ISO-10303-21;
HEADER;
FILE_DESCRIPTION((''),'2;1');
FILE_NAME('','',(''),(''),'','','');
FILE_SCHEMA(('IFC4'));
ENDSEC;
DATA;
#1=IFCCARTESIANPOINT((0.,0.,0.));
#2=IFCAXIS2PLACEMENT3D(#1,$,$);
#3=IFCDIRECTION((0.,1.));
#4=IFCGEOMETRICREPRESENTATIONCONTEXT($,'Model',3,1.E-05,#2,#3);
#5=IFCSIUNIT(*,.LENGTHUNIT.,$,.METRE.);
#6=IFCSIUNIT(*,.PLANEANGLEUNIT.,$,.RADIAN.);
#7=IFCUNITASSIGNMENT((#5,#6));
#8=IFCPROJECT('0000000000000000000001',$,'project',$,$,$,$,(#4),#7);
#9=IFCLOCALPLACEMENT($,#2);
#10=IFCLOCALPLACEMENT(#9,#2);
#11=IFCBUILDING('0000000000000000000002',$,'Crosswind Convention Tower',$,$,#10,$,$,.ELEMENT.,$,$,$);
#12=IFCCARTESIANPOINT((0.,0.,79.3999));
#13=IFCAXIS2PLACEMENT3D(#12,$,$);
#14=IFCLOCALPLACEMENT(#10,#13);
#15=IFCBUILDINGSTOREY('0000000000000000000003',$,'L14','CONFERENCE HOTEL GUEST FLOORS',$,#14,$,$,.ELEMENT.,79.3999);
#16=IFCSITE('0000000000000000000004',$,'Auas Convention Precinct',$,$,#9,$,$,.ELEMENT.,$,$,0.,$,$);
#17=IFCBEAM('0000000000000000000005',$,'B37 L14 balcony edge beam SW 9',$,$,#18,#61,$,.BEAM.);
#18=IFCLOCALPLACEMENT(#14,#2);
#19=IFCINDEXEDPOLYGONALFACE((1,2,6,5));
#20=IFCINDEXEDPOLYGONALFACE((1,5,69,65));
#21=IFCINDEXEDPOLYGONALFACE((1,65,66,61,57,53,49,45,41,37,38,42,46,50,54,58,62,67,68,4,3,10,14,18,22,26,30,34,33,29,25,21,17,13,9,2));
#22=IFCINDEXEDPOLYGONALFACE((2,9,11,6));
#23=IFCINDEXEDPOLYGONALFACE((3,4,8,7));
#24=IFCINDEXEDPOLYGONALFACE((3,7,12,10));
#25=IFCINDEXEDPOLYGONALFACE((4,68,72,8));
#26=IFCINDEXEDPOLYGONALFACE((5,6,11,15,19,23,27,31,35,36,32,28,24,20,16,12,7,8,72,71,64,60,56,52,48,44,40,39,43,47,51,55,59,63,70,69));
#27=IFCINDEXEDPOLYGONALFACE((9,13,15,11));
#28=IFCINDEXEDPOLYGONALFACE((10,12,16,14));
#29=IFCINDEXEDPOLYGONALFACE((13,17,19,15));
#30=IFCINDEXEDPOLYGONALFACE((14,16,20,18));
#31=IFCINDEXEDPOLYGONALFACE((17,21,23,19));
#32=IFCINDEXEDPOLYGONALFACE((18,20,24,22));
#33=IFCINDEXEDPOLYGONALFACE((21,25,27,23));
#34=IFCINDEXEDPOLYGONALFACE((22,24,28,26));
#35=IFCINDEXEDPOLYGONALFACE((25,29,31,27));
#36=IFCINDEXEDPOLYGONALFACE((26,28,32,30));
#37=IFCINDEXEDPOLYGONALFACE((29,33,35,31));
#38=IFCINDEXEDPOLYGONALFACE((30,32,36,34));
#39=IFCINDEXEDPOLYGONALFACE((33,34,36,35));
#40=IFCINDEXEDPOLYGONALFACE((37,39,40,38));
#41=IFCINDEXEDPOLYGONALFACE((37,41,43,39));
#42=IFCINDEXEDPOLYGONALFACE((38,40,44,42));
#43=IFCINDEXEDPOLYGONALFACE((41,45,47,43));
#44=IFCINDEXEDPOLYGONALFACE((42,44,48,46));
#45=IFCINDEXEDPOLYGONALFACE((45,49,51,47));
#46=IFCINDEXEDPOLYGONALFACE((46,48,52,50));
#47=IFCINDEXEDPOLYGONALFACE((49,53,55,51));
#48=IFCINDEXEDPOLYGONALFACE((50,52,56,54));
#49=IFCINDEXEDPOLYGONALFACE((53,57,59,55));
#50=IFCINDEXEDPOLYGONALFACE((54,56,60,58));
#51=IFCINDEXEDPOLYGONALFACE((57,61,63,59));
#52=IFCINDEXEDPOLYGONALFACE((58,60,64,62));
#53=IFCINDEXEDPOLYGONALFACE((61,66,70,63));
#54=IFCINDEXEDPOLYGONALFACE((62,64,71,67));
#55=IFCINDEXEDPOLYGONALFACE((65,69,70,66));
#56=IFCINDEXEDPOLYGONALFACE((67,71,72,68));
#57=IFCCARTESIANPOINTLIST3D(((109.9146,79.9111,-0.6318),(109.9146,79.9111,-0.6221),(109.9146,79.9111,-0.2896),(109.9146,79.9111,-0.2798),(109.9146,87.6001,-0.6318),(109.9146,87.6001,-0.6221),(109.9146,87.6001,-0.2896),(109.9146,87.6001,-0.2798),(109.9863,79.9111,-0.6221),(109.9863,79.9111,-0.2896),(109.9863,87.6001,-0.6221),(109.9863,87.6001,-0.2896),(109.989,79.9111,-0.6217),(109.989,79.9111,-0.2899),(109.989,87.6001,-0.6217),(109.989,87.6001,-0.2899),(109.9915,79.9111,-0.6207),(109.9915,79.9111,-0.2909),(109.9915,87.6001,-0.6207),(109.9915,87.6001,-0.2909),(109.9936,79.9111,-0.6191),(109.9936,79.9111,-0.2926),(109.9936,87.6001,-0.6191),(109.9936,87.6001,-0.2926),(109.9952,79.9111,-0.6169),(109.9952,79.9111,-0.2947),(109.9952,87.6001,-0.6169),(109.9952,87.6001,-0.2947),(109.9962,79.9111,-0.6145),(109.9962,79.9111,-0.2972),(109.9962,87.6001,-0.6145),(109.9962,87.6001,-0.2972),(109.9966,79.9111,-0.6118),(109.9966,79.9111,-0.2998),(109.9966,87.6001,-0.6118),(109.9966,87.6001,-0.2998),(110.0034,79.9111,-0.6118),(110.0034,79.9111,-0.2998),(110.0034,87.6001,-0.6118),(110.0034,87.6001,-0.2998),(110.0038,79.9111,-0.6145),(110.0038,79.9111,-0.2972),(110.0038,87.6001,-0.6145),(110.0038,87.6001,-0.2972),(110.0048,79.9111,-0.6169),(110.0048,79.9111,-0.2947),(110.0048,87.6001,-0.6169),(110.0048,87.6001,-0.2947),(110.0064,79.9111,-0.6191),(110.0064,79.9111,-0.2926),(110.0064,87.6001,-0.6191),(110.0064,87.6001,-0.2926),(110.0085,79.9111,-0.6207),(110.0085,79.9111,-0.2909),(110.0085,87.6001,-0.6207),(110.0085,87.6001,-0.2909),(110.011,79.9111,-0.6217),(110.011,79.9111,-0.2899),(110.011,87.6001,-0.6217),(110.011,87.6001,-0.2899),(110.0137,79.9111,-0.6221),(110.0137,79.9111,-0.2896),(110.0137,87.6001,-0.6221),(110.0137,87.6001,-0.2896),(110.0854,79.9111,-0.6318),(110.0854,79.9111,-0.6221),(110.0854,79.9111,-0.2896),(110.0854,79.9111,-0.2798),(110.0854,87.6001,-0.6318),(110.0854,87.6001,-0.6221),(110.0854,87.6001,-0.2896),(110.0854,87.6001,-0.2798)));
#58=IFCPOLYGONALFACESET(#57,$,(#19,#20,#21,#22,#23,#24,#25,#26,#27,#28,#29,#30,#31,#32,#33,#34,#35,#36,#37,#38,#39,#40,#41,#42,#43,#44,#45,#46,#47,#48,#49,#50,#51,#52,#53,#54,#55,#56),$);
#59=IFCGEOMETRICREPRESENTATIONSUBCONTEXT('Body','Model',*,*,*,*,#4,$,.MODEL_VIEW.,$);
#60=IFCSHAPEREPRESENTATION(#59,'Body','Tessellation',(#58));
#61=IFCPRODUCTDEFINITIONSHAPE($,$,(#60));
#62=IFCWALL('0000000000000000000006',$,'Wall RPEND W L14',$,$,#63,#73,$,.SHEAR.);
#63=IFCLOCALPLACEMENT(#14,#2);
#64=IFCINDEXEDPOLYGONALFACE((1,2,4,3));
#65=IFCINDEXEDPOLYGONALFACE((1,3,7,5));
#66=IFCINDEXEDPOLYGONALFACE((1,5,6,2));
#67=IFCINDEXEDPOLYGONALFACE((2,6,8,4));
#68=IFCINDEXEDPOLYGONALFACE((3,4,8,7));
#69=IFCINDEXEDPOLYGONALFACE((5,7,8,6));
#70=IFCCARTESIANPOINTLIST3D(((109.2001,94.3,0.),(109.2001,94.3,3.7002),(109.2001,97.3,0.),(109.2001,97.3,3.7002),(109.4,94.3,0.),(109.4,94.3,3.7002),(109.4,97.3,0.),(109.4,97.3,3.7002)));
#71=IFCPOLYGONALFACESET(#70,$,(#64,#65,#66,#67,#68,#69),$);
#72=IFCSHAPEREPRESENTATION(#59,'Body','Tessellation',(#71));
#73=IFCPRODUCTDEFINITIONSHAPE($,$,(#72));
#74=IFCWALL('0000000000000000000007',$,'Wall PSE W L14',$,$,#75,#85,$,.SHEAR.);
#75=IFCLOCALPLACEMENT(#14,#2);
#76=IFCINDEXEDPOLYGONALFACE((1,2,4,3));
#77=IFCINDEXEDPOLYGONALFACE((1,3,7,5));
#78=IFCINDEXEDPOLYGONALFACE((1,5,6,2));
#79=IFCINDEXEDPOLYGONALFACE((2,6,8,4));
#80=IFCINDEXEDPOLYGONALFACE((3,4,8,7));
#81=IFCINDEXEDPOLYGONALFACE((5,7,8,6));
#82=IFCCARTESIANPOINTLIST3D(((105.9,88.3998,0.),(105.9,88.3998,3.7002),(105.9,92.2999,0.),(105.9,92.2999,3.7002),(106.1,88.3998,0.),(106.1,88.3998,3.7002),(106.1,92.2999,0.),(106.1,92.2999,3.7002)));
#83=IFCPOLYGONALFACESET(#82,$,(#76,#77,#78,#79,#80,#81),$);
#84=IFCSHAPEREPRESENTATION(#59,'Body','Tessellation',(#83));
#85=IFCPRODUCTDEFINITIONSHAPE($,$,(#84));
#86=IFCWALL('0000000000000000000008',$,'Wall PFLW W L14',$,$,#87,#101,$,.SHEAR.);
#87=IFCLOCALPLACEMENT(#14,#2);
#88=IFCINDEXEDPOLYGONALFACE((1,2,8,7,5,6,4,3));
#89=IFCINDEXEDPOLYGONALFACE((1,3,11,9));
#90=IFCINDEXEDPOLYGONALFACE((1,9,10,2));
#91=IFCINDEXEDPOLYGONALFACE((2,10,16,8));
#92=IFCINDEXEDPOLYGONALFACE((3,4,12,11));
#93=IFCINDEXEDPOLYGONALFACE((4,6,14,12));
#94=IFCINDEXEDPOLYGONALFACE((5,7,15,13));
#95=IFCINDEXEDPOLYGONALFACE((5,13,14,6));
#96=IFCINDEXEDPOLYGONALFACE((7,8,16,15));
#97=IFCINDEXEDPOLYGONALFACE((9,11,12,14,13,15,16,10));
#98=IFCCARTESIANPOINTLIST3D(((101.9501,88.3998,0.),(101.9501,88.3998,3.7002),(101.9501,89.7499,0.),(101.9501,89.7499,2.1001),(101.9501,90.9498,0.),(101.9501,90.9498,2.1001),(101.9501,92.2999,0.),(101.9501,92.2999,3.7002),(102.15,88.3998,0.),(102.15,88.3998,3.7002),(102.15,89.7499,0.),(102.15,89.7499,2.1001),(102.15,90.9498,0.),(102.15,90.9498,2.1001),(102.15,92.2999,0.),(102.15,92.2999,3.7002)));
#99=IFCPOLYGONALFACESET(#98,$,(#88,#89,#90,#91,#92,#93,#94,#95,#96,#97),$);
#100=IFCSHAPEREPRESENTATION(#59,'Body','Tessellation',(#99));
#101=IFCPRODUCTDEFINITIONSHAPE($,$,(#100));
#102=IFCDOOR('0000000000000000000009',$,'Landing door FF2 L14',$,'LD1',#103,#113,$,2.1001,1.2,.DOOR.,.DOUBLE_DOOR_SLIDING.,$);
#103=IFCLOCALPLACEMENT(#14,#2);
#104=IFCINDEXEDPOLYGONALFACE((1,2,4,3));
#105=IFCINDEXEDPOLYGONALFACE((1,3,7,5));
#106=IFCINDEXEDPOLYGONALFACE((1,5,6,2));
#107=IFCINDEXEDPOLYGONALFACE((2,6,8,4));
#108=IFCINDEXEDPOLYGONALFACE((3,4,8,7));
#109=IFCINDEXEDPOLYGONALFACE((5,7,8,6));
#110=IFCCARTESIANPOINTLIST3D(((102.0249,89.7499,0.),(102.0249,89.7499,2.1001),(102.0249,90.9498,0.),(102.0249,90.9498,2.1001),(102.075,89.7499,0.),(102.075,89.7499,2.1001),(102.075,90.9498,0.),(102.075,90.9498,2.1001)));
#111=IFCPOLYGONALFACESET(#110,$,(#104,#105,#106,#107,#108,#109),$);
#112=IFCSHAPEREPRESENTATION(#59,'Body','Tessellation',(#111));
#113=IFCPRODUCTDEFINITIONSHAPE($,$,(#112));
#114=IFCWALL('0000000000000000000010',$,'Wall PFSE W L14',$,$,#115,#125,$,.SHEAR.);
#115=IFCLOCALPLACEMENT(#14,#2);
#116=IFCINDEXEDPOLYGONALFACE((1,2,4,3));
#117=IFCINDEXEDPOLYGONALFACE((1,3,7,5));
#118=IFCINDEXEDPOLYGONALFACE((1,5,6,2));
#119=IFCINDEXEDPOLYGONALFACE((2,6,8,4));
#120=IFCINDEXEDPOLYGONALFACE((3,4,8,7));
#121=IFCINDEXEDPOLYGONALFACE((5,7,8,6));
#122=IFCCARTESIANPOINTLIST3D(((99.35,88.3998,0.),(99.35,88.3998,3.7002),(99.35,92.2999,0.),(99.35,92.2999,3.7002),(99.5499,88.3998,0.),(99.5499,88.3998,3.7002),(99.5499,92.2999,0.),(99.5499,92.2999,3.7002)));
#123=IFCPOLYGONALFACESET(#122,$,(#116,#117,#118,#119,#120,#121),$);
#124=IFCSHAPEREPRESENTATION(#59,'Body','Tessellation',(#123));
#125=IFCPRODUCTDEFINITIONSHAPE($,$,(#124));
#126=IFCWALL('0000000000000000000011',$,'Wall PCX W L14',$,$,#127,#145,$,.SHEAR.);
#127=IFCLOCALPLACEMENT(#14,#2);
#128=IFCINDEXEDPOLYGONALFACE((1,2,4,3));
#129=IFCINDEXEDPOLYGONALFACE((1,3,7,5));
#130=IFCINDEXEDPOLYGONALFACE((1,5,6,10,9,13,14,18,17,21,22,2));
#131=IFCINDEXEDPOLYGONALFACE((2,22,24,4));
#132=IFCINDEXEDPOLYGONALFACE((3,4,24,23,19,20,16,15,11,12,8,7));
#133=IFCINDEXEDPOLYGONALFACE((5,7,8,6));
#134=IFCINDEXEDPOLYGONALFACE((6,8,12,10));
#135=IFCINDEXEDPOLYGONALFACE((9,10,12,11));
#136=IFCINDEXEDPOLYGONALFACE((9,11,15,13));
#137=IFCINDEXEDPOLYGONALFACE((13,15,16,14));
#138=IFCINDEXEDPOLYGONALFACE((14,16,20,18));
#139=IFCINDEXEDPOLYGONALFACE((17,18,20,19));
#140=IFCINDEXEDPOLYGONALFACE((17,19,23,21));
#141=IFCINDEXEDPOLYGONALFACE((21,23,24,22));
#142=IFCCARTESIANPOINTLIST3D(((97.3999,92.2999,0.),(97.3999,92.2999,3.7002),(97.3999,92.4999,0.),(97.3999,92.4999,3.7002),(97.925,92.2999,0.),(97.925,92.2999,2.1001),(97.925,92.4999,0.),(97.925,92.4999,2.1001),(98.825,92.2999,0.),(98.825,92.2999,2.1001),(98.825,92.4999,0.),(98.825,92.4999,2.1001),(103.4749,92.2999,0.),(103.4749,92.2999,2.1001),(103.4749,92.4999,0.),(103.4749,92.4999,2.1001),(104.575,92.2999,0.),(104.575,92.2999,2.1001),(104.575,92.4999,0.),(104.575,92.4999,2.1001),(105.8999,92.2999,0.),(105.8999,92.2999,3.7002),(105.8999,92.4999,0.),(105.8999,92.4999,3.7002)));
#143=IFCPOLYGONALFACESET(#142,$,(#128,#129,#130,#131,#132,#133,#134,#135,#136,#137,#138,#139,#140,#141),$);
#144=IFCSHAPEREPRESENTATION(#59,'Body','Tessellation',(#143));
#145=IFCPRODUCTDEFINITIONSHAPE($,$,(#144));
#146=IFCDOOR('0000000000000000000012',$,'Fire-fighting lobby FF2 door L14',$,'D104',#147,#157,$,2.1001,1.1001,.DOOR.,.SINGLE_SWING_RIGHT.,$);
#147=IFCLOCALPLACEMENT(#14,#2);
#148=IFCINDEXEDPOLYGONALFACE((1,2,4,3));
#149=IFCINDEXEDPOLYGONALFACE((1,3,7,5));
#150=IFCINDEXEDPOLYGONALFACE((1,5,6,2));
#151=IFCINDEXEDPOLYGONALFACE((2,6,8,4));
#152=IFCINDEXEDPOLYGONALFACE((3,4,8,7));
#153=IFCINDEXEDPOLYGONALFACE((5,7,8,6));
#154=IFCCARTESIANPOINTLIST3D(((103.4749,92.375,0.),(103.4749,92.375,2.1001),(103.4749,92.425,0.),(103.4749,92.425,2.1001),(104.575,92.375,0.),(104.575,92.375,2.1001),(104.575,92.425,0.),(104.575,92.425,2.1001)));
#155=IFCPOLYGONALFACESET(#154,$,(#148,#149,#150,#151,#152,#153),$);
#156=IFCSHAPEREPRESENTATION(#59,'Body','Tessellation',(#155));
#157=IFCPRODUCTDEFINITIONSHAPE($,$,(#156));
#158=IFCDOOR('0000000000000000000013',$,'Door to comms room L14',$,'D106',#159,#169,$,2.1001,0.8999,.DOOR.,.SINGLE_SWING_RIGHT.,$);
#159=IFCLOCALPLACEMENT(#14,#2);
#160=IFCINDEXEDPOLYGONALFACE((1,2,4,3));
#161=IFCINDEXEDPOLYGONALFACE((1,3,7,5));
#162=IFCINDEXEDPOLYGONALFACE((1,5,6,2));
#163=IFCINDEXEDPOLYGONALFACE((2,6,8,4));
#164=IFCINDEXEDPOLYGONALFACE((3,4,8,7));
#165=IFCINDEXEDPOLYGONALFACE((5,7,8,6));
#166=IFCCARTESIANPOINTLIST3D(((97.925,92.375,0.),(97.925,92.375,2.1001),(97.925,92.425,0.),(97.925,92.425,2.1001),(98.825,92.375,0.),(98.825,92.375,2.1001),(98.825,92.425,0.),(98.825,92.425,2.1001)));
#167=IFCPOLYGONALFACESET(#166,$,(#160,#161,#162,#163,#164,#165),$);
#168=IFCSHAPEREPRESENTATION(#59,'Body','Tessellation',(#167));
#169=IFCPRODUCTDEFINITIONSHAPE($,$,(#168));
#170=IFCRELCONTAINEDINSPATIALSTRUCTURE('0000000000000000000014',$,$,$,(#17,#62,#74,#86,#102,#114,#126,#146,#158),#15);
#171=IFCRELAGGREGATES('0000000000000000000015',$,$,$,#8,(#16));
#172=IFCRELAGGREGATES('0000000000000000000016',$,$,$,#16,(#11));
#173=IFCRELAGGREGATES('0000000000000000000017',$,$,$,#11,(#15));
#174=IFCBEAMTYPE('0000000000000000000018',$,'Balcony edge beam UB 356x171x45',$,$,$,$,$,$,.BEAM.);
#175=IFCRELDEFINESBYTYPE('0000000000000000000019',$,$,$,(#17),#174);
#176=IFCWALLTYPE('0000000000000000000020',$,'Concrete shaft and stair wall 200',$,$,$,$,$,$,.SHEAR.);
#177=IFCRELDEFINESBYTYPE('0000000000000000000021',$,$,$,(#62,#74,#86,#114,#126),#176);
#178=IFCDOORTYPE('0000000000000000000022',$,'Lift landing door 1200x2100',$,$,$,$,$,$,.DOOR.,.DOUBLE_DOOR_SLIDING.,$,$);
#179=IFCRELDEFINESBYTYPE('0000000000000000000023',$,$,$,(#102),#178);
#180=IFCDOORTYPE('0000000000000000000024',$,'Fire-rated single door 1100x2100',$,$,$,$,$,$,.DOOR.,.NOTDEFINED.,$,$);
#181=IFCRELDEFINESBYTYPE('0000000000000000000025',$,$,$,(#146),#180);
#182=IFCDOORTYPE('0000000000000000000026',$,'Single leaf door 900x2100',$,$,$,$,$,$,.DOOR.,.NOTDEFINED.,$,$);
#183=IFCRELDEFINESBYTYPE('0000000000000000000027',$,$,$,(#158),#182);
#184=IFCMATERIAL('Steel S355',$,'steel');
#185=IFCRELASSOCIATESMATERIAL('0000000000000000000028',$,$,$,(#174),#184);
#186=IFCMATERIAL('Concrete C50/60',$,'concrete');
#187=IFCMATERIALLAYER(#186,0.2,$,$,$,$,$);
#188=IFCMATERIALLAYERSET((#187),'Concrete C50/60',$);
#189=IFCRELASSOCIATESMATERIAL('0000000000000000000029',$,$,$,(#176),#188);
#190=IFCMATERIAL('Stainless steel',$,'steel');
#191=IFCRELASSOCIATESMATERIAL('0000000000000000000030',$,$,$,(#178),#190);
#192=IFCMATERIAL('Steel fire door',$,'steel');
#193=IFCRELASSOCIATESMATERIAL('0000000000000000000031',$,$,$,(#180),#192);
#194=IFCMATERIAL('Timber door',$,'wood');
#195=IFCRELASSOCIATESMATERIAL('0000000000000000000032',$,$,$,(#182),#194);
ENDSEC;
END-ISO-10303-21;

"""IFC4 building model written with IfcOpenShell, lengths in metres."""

from ifc_helpers import new_model, si_unit, direction, frame, frame_2d, origin, origin_2d, place, context, subcontext, project, spatial, rectangle, i_section, extrude, material, layer, layer_set, material_profile, profile_set, type_object, element, fill, save


model = new_model("IFC4")

# Units and contexts
model_context = context("Model", 3, precision=1e-05, world=origin(), true_north=direction((0.0, 1.0)))
body_context = subcontext(model_context, "Body", "Model", "MODEL_VIEW")
ifc_project = project(units=[si_unit("LENGTHUNIT", "METRE"), si_unit("PLANEANGLEUNIT", "RADIAN")], contexts=[model_context])

# Site, building, storey
site_placement = place(None, origin())
site = spatial("IfcSite", under=ifc_project, at=site_placement, Name="Auas Convention Precinct", CompositionType="ELEMENT", RefElevation=0.0)
building_placement = place(site_placement, origin())
building = spatial("IfcBuilding", under=site, at=building_placement, Name="Crosswind Convention Tower", CompositionType="ELEMENT")
storey_placement = place(building_placement, frame((0.0, 0.0, 79.3999)))
storey = spatial("IfcBuildingStorey", under=building, at=storey_placement, Name="L14", Description="CONFERENCE HOTEL GUEST FLOORS", CompositionType="ELEMENT", Elevation=79.3999)

# Beam
ifc_material_1 = material(Name="Steel S355", Category="steel")
ifc_material_profile = material_profile(ifc_material_1, i_section(OverallWidth=0.1709, OverallDepth=0.3521, WebThickness=0.0068, FlangeThickness=0.0098, FilletRadius=0.0103, at=origin_2d()), Name="UB 356x171x45")
ifc_profile_set = profile_set([ifc_material_profile], Name="Steel S355")
beam_type = type_object("IfcBeamType", Name="Balcony edge beam UB 356x171x45", PredefinedType="BEAM", material=ifc_profile_set)
beam_placement = place(storey_placement, frame((110.0, 87.6001, -0.4558), z_axis=(0.0, -1.0, 0.0), x_axis=(1.0, 0.0, 0.0)))
element("IfcBeam", 1, at=beam_placement, inside=storey, type_object=beam_type, Name="B37 L14 balcony edge beam SW 9", PredefinedType="BEAM", context=body_context, shape_type="SweptSolid", body=[
    extrude(i_section(OverallWidth=0.1709, OverallDepth=0.3521, WebThickness=0.0068, FlangeThickness=0.0098, FilletRadius=0.0103, at=origin_2d()), origin(), (0.0, 0.0, 1.0), 7.689),
])

# Walls
ifc_material_2 = material(Name="Concrete C50/60", Category="concrete")
ifc_layer_1 = layer(ifc_material_2, 0.2)
ifc_layer_set_1 = layer_set([ifc_layer_1], Name="Concrete C50/60")
wall_type_1 = type_object("IfcWallType", Name="Concrete shaft and stair wall 200", PredefinedType="SHEAR", material=ifc_layer_set_1)
wall_1_placement = place(storey_placement, frame((109.3, 97.3, 0.0), z_axis=(0.0, 0.0, 1.0), x_axis=(0.0, -1.0, 0.0)))
element("IfcWall", 2, at=wall_1_placement, inside=storey, type_object=wall_type_1, Name="Wall RPEND W L14", PredefinedType="SHEAR", context=body_context, shape_type="SweptSolid", body=[
    extrude(rectangle(XDim=3.0, YDim=0.2, at=frame_2d((1.5, 0.0))), origin(), (0.0, 0.0, 1.0), 3.7002),
])
wall_2_placement = place(storey_placement, frame((106.0, 92.3, 0.0), z_axis=(0.0, 0.0, 1.0), x_axis=(0.0, -1.0, 0.0)))
element("IfcWall", 3, at=wall_2_placement, inside=storey, type_object=wall_type_1, Name="Wall PSE W L14", PredefinedType="SHEAR", context=body_context, shape_type="SweptSolid", body=[
    extrude(rectangle(XDim=3.9001, YDim=0.2, at=frame_2d((1.9502, 0.0))), origin(), (0.0, 0.0, 1.0), 3.7002),
])

# Wall, opening, door
wall_3_placement = place(storey_placement, frame((102.05, 92.3, 0.0), z_axis=(0.0, 0.0, 1.0), x_axis=(0.0, -1.0, 0.0)))
wall_3 = element("IfcWall", 4, at=wall_3_placement, inside=storey, type_object=wall_type_1, Name="Wall PFLW W L14", PredefinedType="SHEAR", context=body_context, shape_type="SweptSolid", body=[
    extrude(rectangle(XDim=3.9001, YDim=0.2, at=frame_2d((1.9502, 0.0))), origin(), (0.0, 0.0, 1.0), 3.7002),
])
opening_1_placement = place(wall_3_placement, frame((1.3501, 0.0, 0.0)))
opening_1 = element("IfcOpeningElement", 5, at=opening_1_placement, cuts=wall_3, PredefinedType="OPENING", context=body_context, shape_type="SweptSolid", body=[
    extrude(rectangle(XDim=1.2, YDim=2.1001, at=frame_2d((0.6001, 1.05))), frame((0.0, 0.1099, 0.0), z_axis=(0.0, -1.0, 0.0), x_axis=(1.0, 0.0, 0.0)), (0.0, 0.0, 1.0), 0.22),
])
ifc_material_3 = material(Name="Stainless steel", Category="steel")
door_type_1 = type_object("IfcDoorType", Name="Lift landing door 1200x2100", OperationType="DOUBLE_DOOR_SLIDING", PredefinedType="DOOR", material=ifc_material_3)
door_1_placement = place(opening_1_placement, origin())
door_1 = element("IfcDoor", 6, at=door_1_placement, inside=storey, type_object=door_type_1, Name="Landing door FF2 L14", ObjectType="LD1", OperationType="DOUBLE_DOOR_SLIDING", OverallHeight=2.1001, OverallWidth=1.2, PredefinedType="DOOR", context=body_context, shape_type="SweptSolid", body=[
    extrude(rectangle(XDim=1.2, YDim=2.1001, at=frame_2d((0.6001, 1.05))), frame((0.0, 0.0249, 0.0), z_axis=(0.0, -1.0, 0.0), x_axis=(1.0, 0.0, 0.0)), (0.0, 0.0, 1.0), 0.05),
])
fill(opening_1, door_1)

# Wall
wall_4_placement = place(storey_placement, frame((99.45, 92.3, 0.0), z_axis=(0.0, 0.0, 1.0), x_axis=(0.0, -1.0, 0.0)))
element("IfcWall", 7, at=wall_4_placement, inside=storey, type_object=wall_type_1, Name="Wall PFSE W L14", PredefinedType="SHEAR", context=body_context, shape_type="SweptSolid", body=[
    extrude(rectangle(XDim=3.9001, YDim=0.2, at=frame_2d((1.9502, 0.0))), origin(), (0.0, 0.0, 1.0), 3.7002),
])

# Wall, openings, doors
wall_5_placement = place(storey_placement, frame((105.8999, 92.3999, 0.0), z_axis=(0.0, 0.0, 1.0), x_axis=(-1.0, 0.0, 0.0)))
wall_5 = element("IfcWall", 8, at=wall_5_placement, inside=storey, type_object=wall_type_1, Name="Wall PCX W L14", PredefinedType="SHEAR", context=body_context, shape_type="SweptSolid", body=[
    extrude(rectangle(XDim=8.5, YDim=0.2, at=frame_2d((4.25, 0.0))), origin(), (0.0, 0.0, 1.0), 3.7002),
])
opening_2_placement = place(wall_5_placement, frame((1.325, 0.0, 0.0)))
opening_2 = element("IfcOpeningElement", 9, at=opening_2_placement, cuts=wall_5, PredefinedType="OPENING", context=body_context, shape_type="SweptSolid", body=[
    extrude(rectangle(XDim=1.1001, YDim=2.1001, at=frame_2d((0.55, 1.05))), frame((0.0, 0.1099, 0.0), z_axis=(0.0, -1.0, 0.0), x_axis=(1.0, 0.0, 0.0)), (0.0, 0.0, 1.0), 0.22),
])
opening_3_placement = place(wall_5_placement, frame((7.075, 0.0, 0.0)))
opening_3 = element("IfcOpeningElement", 10, at=opening_3_placement, cuts=wall_5, PredefinedType="OPENING", context=body_context, shape_type="SweptSolid", body=[
    extrude(rectangle(XDim=0.8999, YDim=2.1001, at=frame_2d((0.45, 1.05))), frame((0.0, 0.1099, 0.0), z_axis=(0.0, -1.0, 0.0), x_axis=(1.0, 0.0, 0.0)), (0.0, 0.0, 1.0), 0.22),
])
ifc_material_4 = material(Name="Steel fire door", Category="steel")
door_type_2 = type_object("IfcDoorType", Name="Fire-rated single door 1100x2100", OperationType="NOTDEFINED", PredefinedType="DOOR", material=ifc_material_4)
door_2_placement = place(opening_2_placement, origin())
door_2 = element("IfcDoor", 11, at=door_2_placement, inside=storey, type_object=door_type_2, Name="Fire-fighting lobby FF2 door L14", ObjectType="D104", OperationType="SINGLE_SWING_RIGHT", OverallHeight=2.1001, OverallWidth=1.1001, PredefinedType="DOOR", context=body_context, shape_type="SweptSolid", body=[
    extrude(rectangle(XDim=1.1001, YDim=2.1001, at=frame_2d((0.55, 1.05))), frame((0.0, 0.0249, 0.0), z_axis=(0.0, -1.0, 0.0), x_axis=(1.0, 0.0, 0.0)), (0.0, 0.0, 1.0), 0.05),
])
fill(opening_2, door_2)
ifc_material_5 = material(Name="Timber door", Category="wood")
door_type_3 = type_object("IfcDoorType", Name="Single leaf door 900x2100", OperationType="NOTDEFINED", PredefinedType="DOOR", material=ifc_material_5)
door_3_placement = place(opening_3_placement, origin())
door_3 = element("IfcDoor", 12, at=door_3_placement, inside=storey, type_object=door_type_3, Name="Door to comms room L14", ObjectType="D106", OperationType="SINGLE_SWING_RIGHT", OverallHeight=2.1001, OverallWidth=0.8999, PredefinedType="DOOR", context=body_context, shape_type="SweptSolid", body=[
    extrude(rectangle(XDim=0.8999, YDim=2.1001, at=frame_2d((0.45, 1.05))), frame((0.0, 0.0249, 0.0), z_axis=(0.0, -1.0, 0.0), x_axis=(1.0, 0.0, 0.0)), (0.0, 0.0, 1.0), 0.05),
])
fill(opening_3, door_3)

save(model, "model.ifc")
